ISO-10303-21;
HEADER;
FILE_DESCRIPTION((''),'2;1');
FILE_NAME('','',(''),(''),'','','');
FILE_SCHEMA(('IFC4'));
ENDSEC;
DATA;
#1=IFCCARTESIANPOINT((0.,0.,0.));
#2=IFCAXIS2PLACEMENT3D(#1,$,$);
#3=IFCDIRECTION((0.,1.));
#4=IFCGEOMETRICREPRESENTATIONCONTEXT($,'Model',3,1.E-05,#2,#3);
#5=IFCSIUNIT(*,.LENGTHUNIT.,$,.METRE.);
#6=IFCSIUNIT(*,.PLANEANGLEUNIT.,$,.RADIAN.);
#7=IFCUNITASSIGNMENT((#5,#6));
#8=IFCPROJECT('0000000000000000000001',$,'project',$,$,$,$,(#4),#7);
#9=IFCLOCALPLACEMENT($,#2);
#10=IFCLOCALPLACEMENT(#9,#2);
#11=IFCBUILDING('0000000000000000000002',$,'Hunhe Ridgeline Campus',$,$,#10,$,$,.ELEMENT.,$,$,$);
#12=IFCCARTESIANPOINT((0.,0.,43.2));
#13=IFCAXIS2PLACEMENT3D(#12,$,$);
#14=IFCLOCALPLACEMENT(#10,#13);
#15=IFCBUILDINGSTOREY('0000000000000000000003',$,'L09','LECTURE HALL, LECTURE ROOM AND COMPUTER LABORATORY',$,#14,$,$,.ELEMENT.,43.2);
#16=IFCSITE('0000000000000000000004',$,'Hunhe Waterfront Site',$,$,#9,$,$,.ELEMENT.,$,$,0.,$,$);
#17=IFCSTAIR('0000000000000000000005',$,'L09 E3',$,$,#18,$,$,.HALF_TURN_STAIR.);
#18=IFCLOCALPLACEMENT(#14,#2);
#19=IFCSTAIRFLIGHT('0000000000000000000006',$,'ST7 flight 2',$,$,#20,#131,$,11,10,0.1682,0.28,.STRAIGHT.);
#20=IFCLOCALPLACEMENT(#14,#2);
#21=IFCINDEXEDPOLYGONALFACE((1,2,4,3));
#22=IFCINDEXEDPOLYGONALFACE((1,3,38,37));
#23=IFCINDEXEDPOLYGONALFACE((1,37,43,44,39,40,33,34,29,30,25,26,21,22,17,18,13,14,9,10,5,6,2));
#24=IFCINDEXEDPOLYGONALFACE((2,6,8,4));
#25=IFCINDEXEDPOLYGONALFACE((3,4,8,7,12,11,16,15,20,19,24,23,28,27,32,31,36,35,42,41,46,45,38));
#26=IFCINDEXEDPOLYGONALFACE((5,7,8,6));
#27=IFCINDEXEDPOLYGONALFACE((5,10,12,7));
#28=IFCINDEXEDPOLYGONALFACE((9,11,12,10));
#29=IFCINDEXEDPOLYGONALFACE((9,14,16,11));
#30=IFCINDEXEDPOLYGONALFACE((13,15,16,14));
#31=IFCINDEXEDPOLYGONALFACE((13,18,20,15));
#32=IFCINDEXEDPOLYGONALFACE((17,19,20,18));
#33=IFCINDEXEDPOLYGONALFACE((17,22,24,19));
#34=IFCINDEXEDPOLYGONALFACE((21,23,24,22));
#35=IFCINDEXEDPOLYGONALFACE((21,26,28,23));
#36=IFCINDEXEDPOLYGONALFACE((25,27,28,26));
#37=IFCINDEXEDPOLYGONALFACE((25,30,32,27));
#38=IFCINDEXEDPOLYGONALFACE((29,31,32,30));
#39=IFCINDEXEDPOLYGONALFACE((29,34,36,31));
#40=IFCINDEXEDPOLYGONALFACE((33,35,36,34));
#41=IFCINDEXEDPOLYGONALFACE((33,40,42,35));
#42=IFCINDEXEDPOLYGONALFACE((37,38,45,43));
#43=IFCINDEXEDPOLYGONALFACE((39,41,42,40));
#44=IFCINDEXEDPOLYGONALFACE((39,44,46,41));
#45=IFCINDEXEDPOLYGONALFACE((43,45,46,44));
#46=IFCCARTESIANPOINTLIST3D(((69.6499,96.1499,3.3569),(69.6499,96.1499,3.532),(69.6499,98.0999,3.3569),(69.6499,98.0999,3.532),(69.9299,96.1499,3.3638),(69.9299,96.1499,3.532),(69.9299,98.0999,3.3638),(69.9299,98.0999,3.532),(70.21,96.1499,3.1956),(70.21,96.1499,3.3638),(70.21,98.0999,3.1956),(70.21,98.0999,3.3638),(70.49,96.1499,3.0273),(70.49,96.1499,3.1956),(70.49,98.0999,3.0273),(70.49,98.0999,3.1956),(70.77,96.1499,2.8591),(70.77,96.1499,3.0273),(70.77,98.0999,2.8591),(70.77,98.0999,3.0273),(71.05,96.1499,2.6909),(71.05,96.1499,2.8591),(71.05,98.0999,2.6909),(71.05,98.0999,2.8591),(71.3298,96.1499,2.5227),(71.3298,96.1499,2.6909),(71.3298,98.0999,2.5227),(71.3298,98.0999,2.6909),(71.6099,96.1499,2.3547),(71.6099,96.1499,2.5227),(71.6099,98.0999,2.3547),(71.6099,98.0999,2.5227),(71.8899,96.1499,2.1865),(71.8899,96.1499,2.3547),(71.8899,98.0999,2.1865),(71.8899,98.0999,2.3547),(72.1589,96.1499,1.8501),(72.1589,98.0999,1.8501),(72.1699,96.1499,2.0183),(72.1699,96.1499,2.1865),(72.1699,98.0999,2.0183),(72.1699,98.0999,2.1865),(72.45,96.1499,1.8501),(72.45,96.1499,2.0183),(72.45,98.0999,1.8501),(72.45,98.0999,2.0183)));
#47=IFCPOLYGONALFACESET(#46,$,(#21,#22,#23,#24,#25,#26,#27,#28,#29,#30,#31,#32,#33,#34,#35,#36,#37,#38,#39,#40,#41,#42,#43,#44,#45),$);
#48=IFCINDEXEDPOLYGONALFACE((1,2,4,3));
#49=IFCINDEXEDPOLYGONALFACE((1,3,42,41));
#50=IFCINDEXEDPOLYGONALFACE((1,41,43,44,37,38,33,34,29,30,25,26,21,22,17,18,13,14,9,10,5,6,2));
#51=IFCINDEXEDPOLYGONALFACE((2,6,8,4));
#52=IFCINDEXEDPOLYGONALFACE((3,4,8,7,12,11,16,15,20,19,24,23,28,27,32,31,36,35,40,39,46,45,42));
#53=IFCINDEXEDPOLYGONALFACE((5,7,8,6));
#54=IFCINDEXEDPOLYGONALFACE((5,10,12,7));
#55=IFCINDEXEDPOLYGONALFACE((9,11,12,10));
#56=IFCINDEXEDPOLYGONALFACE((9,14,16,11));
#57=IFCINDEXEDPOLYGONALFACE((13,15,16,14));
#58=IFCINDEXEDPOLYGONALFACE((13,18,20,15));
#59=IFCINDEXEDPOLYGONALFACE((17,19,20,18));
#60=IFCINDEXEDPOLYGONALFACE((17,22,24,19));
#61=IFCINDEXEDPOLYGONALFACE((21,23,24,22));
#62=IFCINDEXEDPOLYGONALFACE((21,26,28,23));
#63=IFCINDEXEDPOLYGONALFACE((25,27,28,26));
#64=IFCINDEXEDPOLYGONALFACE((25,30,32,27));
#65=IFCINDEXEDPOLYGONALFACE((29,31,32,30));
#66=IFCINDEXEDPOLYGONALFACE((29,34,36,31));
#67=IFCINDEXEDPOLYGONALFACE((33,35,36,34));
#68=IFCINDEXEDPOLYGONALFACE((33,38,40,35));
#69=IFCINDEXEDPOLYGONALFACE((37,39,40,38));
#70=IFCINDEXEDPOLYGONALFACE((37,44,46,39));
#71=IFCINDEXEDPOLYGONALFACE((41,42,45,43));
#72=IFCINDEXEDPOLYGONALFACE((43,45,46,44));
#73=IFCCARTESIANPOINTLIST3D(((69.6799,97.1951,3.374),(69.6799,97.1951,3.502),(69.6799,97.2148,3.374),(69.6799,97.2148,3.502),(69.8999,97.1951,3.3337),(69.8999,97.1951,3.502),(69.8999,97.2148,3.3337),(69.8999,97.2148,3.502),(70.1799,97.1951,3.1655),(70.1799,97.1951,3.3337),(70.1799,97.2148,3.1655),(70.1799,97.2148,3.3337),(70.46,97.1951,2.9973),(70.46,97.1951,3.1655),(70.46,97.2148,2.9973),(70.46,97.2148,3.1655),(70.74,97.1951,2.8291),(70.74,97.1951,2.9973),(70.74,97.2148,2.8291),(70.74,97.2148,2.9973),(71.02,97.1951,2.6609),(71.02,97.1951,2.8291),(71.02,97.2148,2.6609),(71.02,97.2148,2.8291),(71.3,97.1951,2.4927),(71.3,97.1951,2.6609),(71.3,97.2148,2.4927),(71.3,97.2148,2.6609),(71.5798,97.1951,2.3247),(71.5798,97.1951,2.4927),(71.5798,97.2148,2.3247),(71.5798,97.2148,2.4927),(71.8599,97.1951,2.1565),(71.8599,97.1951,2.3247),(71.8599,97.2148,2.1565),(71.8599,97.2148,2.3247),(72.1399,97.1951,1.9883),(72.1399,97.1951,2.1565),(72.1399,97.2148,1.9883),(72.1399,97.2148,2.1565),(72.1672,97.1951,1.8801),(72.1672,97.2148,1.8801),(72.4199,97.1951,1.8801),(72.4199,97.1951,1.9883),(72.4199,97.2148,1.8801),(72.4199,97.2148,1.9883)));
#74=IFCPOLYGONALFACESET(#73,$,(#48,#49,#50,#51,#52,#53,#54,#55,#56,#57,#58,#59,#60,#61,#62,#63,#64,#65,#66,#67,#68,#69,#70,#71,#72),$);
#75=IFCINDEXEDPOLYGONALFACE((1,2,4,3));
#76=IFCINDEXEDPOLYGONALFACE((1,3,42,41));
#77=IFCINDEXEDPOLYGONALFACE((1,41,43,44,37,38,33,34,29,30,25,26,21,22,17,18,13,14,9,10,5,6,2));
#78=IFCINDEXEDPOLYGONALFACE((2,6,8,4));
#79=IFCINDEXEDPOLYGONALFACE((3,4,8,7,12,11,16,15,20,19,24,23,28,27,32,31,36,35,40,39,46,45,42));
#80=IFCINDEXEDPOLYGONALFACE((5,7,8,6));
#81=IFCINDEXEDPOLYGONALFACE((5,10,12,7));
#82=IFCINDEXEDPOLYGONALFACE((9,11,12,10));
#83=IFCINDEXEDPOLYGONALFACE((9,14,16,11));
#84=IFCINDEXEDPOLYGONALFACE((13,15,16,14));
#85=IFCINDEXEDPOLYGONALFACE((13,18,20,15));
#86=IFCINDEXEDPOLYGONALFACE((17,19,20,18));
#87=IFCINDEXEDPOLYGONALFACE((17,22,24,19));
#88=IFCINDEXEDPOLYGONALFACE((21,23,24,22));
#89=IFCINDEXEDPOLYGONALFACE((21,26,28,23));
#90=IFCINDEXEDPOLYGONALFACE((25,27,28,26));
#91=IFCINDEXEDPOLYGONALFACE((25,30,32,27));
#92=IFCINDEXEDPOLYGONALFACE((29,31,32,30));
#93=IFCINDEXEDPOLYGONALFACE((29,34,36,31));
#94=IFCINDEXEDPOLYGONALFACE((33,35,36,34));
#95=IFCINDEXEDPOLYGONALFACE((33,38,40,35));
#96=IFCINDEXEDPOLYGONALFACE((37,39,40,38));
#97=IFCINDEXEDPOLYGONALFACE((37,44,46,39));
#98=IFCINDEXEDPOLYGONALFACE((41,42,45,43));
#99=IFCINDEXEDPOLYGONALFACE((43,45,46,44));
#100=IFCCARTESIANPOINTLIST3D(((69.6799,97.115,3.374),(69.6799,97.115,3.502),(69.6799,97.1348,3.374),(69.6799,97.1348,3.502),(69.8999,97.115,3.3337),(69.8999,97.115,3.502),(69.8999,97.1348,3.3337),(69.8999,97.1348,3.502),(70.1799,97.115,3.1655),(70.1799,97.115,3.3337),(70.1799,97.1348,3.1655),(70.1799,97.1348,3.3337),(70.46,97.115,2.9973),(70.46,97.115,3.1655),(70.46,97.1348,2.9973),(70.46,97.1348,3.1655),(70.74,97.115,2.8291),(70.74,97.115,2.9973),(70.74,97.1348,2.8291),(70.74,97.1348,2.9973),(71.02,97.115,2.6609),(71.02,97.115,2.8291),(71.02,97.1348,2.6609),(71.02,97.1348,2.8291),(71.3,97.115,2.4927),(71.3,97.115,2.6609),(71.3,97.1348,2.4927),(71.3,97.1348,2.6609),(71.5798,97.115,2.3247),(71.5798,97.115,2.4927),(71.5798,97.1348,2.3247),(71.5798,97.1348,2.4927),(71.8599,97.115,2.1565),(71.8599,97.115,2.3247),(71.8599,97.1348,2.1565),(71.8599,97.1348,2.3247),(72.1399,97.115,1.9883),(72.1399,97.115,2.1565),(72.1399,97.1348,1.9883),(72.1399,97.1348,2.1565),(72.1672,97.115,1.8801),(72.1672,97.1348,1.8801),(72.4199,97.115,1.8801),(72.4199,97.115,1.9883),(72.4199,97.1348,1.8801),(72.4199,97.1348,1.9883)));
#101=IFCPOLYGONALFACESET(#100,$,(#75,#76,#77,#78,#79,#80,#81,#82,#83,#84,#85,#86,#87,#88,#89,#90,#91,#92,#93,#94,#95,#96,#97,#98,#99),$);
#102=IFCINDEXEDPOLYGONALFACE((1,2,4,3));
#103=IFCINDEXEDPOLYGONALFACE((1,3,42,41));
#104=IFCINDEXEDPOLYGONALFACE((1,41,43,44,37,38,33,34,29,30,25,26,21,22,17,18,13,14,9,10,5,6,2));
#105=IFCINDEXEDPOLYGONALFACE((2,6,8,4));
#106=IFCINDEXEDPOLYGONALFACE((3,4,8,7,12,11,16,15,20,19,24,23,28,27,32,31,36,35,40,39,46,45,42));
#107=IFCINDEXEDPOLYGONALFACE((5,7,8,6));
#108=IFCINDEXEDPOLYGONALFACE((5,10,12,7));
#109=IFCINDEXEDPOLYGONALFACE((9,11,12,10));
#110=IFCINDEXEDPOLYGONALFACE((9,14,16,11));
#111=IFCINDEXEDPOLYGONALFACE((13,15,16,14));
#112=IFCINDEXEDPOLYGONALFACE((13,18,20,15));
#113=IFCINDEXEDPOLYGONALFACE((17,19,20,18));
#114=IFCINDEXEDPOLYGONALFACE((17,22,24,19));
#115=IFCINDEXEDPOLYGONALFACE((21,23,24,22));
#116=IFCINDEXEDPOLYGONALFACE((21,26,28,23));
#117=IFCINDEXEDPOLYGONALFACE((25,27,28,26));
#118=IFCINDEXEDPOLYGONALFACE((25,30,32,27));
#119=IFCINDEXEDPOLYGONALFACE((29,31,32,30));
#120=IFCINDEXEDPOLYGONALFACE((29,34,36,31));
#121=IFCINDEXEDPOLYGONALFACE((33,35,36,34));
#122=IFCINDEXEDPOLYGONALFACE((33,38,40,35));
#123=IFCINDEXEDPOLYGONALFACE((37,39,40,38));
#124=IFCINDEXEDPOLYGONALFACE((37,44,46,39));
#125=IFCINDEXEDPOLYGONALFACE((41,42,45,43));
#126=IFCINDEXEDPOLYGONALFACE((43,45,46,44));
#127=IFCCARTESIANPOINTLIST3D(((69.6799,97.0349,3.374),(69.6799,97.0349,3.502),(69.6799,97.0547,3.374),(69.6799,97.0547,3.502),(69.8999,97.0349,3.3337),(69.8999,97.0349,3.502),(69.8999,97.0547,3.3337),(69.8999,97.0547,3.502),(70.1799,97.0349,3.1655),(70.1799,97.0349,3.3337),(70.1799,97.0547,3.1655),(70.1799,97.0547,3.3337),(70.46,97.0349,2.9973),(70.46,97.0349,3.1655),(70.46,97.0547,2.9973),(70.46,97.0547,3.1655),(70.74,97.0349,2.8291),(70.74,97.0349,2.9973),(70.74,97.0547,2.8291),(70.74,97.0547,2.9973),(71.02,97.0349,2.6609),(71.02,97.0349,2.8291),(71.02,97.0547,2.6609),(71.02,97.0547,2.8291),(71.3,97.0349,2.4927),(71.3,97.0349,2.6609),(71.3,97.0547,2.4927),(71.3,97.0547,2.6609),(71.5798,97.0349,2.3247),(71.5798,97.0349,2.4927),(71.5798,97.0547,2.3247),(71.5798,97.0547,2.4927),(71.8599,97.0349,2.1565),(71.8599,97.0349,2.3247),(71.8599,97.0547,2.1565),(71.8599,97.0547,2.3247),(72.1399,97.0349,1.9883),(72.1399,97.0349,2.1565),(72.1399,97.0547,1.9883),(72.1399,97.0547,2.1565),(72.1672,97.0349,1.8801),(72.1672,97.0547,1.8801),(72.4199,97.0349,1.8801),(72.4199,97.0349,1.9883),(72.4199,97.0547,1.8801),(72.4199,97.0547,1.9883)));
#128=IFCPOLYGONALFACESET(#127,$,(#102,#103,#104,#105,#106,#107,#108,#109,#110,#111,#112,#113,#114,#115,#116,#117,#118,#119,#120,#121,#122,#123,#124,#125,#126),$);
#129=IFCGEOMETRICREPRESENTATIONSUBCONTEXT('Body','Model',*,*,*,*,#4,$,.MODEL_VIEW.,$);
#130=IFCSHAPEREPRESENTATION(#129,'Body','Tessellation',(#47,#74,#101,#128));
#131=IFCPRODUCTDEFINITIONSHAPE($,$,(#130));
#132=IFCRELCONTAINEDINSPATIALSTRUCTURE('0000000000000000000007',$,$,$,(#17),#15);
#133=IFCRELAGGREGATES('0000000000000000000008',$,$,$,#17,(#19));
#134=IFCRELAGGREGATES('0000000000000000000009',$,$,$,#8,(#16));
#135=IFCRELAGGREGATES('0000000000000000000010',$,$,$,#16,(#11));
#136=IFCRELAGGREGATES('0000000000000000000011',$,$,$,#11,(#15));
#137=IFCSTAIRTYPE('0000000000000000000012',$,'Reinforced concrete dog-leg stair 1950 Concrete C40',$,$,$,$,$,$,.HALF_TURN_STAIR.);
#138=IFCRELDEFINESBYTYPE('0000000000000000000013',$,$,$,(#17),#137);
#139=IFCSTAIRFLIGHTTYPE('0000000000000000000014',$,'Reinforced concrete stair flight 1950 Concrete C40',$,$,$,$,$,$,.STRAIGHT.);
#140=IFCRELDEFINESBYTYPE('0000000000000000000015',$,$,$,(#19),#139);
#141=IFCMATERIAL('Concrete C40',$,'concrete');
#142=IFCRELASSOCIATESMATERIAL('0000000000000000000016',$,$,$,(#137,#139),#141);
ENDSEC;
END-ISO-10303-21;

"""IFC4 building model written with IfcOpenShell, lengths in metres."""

from ifc_helpers import new_model, si_unit, direction, frame, origin, place, context, subcontext, project, spatial, polyline, outline, extrude, material, type_object, element, aggregate, save


model = new_model("IFC4")

# Units and contexts
model_context = context("Model", 3, precision=1e-05, world=origin(), true_north=direction((0.0, 1.0)))
body_context = subcontext(model_context, "Body", "Model", "MODEL_VIEW")
ifc_project = project(units=[si_unit("LENGTHUNIT", "METRE"), si_unit("PLANEANGLEUNIT", "RADIAN")], contexts=[model_context])

# Site, building, storey
site_placement = place(None, origin())
site = spatial("IfcSite", under=ifc_project, at=site_placement, Name="Hunhe Waterfront Site", CompositionType="ELEMENT", RefElevation=0.0)
building_placement = place(site_placement, origin())
building = spatial("IfcBuilding", under=site, at=building_placement, Name="Hunhe Ridgeline Campus", CompositionType="ELEMENT")
storey_placement = place(building_placement, frame((0.0, 0.0, 43.2)))
storey = spatial("IfcBuildingStorey", under=building, at=storey_placement, Name="L09", Description="LECTURE HALL, LECTURE ROOM AND COMPUTER LABORATORY", CompositionType="ELEMENT", Elevation=43.2)

# Stair, stair flight
ifc_material_1 = material(Name="Concrete C40", Category="concrete")
stair_type = type_object("IfcStairType", Name="Reinforced concrete dog-leg stair 1950 Concrete C40", PredefinedType="HALF_TURN_STAIR", material=ifc_material_1)
stair_placement = place(storey_placement, origin())
stair = element("IfcStair", 1, at=stair_placement, inside=storey, type_object=stair_type, Name="L09 E3", PredefinedType="HALF_TURN_STAIR")
stair_flight_type = type_object("IfcStairFlightType", Name="Reinforced concrete stair flight 1950 Concrete C40", PredefinedType="STRAIGHT", material=ifc_material_1)
stair_flight_1_placement = place(storey_placement, frame((72.45, 97.125, 1.8501), z_axis=(0.0, 0.0, 1.0), x_axis=(-1.0, 0.0, 0.0)))
stair_flight_1 = element("IfcStairFlight", 2, at=stair_flight_1_placement, type_object=stair_flight_type, Name="ST7 flight 2", NumberOfRisers=11, NumberOfTreads=10, PredefinedType="STRAIGHT", RiserHeight=0.1682, TreadLength=0.28, context=body_context, shape_type="SweptSolid", body=[
    extrude(outline(polyline([(0.0, 0.0), (0.0, 0.1682), (0.28, 0.1682), (0.28, 0.3364), (0.5601, 0.3364), (0.5601, 0.5046), (0.8401, 0.5046), (0.8401, 0.6726), (1.1201, 0.6726), (1.1201, 0.8408), (1.3999, 0.8408), (1.3999, 1.009), (1.6799, 1.009), (1.6799, 1.1772), (1.96, 1.1772), (1.96, 1.3455), (2.24, 1.3455), (2.24, 1.5137), (2.52, 1.5137), (2.52, 1.6819), (2.8, 1.6819), (2.8, 1.8501), (2.8, 1.5068), (0.291, 0.0), (0.0, 0.0)])), frame((0.0, 0.9751, 0.0), z_axis=(0.0, -1.0, 0.0), x_axis=(1.0, 0.0, 0.0)), (0.0, 0.0, 1.0), 1.95),
    extrude(outline(polyline([(0.03, 0.03), (0.03, 0.1382), (0.3101, 0.1382), (0.3101, 0.3064), (0.5901, 0.3064), (0.5901, 0.4746), (0.8701, 0.4746), (0.8701, 0.6426), (1.1499, 0.6426), (1.1499, 0.8108), (1.4299, 0.8108), (1.4299, 0.979), (1.71, 0.979), (1.71, 1.1472), (1.99, 1.1472), (1.99, 1.3154), (2.27, 1.3154), (2.27, 1.4836), (2.55, 1.4836), (2.55, 1.6519), (2.77, 1.6519), (2.77, 1.5239), (0.2827, 0.03), (0.03, 0.03)])), frame((0.0, -0.0701, 0.0), z_axis=(0.0, -1.0, 0.0), x_axis=(1.0, 0.0, 0.0)), (0.0, 0.0, 1.0), 0.0198),
    extrude(outline(polyline([(0.03, 0.03), (0.03, 0.1382), (0.3101, 0.1382), (0.3101, 0.3064), (0.5901, 0.3064), (0.5901, 0.4746), (0.8701, 0.4746), (0.8701, 0.6426), (1.1499, 0.6426), (1.1499, 0.8108), (1.4299, 0.8108), (1.4299, 0.979), (1.71, 0.979), (1.71, 1.1472), (1.99, 1.1472), (1.99, 1.3154), (2.27, 1.3154), (2.27, 1.4836), (2.55, 1.4836), (2.55, 1.6519), (2.77, 1.6519), (2.77, 1.5239), (0.2827, 0.03), (0.03, 0.03)])), frame((0.0, 0.01, 0.0), z_axis=(0.0, -1.0, 0.0), x_axis=(1.0, 0.0, 0.0)), (0.0, 0.0, 1.0), 0.0198),
    extrude(outline(polyline([(0.03, 0.03), (0.03, 0.1382), (0.3101, 0.1382), (0.3101, 0.3064), (0.5901, 0.3064), (0.5901, 0.4746), (0.8701, 0.4746), (0.8701, 0.6426), (1.1499, 0.6426), (1.1499, 0.8108), (1.4299, 0.8108), (1.4299, 0.979), (1.71, 0.979), (1.71, 1.1472), (1.99, 1.1472), (1.99, 1.3154), (2.27, 1.3154), (2.27, 1.4836), (2.55, 1.4836), (2.55, 1.6519), (2.77, 1.6519), (2.77, 1.5239), (0.2827, 0.03), (0.03, 0.03)])), frame((0.0, 0.0901, 0.0), z_axis=(0.0, -1.0, 0.0), x_axis=(1.0, 0.0, 0.0)), (0.0, 0.0, 1.0), 0.0198),
])
aggregate(stair, [stair_flight_1])

save(model, "model.ifc")
